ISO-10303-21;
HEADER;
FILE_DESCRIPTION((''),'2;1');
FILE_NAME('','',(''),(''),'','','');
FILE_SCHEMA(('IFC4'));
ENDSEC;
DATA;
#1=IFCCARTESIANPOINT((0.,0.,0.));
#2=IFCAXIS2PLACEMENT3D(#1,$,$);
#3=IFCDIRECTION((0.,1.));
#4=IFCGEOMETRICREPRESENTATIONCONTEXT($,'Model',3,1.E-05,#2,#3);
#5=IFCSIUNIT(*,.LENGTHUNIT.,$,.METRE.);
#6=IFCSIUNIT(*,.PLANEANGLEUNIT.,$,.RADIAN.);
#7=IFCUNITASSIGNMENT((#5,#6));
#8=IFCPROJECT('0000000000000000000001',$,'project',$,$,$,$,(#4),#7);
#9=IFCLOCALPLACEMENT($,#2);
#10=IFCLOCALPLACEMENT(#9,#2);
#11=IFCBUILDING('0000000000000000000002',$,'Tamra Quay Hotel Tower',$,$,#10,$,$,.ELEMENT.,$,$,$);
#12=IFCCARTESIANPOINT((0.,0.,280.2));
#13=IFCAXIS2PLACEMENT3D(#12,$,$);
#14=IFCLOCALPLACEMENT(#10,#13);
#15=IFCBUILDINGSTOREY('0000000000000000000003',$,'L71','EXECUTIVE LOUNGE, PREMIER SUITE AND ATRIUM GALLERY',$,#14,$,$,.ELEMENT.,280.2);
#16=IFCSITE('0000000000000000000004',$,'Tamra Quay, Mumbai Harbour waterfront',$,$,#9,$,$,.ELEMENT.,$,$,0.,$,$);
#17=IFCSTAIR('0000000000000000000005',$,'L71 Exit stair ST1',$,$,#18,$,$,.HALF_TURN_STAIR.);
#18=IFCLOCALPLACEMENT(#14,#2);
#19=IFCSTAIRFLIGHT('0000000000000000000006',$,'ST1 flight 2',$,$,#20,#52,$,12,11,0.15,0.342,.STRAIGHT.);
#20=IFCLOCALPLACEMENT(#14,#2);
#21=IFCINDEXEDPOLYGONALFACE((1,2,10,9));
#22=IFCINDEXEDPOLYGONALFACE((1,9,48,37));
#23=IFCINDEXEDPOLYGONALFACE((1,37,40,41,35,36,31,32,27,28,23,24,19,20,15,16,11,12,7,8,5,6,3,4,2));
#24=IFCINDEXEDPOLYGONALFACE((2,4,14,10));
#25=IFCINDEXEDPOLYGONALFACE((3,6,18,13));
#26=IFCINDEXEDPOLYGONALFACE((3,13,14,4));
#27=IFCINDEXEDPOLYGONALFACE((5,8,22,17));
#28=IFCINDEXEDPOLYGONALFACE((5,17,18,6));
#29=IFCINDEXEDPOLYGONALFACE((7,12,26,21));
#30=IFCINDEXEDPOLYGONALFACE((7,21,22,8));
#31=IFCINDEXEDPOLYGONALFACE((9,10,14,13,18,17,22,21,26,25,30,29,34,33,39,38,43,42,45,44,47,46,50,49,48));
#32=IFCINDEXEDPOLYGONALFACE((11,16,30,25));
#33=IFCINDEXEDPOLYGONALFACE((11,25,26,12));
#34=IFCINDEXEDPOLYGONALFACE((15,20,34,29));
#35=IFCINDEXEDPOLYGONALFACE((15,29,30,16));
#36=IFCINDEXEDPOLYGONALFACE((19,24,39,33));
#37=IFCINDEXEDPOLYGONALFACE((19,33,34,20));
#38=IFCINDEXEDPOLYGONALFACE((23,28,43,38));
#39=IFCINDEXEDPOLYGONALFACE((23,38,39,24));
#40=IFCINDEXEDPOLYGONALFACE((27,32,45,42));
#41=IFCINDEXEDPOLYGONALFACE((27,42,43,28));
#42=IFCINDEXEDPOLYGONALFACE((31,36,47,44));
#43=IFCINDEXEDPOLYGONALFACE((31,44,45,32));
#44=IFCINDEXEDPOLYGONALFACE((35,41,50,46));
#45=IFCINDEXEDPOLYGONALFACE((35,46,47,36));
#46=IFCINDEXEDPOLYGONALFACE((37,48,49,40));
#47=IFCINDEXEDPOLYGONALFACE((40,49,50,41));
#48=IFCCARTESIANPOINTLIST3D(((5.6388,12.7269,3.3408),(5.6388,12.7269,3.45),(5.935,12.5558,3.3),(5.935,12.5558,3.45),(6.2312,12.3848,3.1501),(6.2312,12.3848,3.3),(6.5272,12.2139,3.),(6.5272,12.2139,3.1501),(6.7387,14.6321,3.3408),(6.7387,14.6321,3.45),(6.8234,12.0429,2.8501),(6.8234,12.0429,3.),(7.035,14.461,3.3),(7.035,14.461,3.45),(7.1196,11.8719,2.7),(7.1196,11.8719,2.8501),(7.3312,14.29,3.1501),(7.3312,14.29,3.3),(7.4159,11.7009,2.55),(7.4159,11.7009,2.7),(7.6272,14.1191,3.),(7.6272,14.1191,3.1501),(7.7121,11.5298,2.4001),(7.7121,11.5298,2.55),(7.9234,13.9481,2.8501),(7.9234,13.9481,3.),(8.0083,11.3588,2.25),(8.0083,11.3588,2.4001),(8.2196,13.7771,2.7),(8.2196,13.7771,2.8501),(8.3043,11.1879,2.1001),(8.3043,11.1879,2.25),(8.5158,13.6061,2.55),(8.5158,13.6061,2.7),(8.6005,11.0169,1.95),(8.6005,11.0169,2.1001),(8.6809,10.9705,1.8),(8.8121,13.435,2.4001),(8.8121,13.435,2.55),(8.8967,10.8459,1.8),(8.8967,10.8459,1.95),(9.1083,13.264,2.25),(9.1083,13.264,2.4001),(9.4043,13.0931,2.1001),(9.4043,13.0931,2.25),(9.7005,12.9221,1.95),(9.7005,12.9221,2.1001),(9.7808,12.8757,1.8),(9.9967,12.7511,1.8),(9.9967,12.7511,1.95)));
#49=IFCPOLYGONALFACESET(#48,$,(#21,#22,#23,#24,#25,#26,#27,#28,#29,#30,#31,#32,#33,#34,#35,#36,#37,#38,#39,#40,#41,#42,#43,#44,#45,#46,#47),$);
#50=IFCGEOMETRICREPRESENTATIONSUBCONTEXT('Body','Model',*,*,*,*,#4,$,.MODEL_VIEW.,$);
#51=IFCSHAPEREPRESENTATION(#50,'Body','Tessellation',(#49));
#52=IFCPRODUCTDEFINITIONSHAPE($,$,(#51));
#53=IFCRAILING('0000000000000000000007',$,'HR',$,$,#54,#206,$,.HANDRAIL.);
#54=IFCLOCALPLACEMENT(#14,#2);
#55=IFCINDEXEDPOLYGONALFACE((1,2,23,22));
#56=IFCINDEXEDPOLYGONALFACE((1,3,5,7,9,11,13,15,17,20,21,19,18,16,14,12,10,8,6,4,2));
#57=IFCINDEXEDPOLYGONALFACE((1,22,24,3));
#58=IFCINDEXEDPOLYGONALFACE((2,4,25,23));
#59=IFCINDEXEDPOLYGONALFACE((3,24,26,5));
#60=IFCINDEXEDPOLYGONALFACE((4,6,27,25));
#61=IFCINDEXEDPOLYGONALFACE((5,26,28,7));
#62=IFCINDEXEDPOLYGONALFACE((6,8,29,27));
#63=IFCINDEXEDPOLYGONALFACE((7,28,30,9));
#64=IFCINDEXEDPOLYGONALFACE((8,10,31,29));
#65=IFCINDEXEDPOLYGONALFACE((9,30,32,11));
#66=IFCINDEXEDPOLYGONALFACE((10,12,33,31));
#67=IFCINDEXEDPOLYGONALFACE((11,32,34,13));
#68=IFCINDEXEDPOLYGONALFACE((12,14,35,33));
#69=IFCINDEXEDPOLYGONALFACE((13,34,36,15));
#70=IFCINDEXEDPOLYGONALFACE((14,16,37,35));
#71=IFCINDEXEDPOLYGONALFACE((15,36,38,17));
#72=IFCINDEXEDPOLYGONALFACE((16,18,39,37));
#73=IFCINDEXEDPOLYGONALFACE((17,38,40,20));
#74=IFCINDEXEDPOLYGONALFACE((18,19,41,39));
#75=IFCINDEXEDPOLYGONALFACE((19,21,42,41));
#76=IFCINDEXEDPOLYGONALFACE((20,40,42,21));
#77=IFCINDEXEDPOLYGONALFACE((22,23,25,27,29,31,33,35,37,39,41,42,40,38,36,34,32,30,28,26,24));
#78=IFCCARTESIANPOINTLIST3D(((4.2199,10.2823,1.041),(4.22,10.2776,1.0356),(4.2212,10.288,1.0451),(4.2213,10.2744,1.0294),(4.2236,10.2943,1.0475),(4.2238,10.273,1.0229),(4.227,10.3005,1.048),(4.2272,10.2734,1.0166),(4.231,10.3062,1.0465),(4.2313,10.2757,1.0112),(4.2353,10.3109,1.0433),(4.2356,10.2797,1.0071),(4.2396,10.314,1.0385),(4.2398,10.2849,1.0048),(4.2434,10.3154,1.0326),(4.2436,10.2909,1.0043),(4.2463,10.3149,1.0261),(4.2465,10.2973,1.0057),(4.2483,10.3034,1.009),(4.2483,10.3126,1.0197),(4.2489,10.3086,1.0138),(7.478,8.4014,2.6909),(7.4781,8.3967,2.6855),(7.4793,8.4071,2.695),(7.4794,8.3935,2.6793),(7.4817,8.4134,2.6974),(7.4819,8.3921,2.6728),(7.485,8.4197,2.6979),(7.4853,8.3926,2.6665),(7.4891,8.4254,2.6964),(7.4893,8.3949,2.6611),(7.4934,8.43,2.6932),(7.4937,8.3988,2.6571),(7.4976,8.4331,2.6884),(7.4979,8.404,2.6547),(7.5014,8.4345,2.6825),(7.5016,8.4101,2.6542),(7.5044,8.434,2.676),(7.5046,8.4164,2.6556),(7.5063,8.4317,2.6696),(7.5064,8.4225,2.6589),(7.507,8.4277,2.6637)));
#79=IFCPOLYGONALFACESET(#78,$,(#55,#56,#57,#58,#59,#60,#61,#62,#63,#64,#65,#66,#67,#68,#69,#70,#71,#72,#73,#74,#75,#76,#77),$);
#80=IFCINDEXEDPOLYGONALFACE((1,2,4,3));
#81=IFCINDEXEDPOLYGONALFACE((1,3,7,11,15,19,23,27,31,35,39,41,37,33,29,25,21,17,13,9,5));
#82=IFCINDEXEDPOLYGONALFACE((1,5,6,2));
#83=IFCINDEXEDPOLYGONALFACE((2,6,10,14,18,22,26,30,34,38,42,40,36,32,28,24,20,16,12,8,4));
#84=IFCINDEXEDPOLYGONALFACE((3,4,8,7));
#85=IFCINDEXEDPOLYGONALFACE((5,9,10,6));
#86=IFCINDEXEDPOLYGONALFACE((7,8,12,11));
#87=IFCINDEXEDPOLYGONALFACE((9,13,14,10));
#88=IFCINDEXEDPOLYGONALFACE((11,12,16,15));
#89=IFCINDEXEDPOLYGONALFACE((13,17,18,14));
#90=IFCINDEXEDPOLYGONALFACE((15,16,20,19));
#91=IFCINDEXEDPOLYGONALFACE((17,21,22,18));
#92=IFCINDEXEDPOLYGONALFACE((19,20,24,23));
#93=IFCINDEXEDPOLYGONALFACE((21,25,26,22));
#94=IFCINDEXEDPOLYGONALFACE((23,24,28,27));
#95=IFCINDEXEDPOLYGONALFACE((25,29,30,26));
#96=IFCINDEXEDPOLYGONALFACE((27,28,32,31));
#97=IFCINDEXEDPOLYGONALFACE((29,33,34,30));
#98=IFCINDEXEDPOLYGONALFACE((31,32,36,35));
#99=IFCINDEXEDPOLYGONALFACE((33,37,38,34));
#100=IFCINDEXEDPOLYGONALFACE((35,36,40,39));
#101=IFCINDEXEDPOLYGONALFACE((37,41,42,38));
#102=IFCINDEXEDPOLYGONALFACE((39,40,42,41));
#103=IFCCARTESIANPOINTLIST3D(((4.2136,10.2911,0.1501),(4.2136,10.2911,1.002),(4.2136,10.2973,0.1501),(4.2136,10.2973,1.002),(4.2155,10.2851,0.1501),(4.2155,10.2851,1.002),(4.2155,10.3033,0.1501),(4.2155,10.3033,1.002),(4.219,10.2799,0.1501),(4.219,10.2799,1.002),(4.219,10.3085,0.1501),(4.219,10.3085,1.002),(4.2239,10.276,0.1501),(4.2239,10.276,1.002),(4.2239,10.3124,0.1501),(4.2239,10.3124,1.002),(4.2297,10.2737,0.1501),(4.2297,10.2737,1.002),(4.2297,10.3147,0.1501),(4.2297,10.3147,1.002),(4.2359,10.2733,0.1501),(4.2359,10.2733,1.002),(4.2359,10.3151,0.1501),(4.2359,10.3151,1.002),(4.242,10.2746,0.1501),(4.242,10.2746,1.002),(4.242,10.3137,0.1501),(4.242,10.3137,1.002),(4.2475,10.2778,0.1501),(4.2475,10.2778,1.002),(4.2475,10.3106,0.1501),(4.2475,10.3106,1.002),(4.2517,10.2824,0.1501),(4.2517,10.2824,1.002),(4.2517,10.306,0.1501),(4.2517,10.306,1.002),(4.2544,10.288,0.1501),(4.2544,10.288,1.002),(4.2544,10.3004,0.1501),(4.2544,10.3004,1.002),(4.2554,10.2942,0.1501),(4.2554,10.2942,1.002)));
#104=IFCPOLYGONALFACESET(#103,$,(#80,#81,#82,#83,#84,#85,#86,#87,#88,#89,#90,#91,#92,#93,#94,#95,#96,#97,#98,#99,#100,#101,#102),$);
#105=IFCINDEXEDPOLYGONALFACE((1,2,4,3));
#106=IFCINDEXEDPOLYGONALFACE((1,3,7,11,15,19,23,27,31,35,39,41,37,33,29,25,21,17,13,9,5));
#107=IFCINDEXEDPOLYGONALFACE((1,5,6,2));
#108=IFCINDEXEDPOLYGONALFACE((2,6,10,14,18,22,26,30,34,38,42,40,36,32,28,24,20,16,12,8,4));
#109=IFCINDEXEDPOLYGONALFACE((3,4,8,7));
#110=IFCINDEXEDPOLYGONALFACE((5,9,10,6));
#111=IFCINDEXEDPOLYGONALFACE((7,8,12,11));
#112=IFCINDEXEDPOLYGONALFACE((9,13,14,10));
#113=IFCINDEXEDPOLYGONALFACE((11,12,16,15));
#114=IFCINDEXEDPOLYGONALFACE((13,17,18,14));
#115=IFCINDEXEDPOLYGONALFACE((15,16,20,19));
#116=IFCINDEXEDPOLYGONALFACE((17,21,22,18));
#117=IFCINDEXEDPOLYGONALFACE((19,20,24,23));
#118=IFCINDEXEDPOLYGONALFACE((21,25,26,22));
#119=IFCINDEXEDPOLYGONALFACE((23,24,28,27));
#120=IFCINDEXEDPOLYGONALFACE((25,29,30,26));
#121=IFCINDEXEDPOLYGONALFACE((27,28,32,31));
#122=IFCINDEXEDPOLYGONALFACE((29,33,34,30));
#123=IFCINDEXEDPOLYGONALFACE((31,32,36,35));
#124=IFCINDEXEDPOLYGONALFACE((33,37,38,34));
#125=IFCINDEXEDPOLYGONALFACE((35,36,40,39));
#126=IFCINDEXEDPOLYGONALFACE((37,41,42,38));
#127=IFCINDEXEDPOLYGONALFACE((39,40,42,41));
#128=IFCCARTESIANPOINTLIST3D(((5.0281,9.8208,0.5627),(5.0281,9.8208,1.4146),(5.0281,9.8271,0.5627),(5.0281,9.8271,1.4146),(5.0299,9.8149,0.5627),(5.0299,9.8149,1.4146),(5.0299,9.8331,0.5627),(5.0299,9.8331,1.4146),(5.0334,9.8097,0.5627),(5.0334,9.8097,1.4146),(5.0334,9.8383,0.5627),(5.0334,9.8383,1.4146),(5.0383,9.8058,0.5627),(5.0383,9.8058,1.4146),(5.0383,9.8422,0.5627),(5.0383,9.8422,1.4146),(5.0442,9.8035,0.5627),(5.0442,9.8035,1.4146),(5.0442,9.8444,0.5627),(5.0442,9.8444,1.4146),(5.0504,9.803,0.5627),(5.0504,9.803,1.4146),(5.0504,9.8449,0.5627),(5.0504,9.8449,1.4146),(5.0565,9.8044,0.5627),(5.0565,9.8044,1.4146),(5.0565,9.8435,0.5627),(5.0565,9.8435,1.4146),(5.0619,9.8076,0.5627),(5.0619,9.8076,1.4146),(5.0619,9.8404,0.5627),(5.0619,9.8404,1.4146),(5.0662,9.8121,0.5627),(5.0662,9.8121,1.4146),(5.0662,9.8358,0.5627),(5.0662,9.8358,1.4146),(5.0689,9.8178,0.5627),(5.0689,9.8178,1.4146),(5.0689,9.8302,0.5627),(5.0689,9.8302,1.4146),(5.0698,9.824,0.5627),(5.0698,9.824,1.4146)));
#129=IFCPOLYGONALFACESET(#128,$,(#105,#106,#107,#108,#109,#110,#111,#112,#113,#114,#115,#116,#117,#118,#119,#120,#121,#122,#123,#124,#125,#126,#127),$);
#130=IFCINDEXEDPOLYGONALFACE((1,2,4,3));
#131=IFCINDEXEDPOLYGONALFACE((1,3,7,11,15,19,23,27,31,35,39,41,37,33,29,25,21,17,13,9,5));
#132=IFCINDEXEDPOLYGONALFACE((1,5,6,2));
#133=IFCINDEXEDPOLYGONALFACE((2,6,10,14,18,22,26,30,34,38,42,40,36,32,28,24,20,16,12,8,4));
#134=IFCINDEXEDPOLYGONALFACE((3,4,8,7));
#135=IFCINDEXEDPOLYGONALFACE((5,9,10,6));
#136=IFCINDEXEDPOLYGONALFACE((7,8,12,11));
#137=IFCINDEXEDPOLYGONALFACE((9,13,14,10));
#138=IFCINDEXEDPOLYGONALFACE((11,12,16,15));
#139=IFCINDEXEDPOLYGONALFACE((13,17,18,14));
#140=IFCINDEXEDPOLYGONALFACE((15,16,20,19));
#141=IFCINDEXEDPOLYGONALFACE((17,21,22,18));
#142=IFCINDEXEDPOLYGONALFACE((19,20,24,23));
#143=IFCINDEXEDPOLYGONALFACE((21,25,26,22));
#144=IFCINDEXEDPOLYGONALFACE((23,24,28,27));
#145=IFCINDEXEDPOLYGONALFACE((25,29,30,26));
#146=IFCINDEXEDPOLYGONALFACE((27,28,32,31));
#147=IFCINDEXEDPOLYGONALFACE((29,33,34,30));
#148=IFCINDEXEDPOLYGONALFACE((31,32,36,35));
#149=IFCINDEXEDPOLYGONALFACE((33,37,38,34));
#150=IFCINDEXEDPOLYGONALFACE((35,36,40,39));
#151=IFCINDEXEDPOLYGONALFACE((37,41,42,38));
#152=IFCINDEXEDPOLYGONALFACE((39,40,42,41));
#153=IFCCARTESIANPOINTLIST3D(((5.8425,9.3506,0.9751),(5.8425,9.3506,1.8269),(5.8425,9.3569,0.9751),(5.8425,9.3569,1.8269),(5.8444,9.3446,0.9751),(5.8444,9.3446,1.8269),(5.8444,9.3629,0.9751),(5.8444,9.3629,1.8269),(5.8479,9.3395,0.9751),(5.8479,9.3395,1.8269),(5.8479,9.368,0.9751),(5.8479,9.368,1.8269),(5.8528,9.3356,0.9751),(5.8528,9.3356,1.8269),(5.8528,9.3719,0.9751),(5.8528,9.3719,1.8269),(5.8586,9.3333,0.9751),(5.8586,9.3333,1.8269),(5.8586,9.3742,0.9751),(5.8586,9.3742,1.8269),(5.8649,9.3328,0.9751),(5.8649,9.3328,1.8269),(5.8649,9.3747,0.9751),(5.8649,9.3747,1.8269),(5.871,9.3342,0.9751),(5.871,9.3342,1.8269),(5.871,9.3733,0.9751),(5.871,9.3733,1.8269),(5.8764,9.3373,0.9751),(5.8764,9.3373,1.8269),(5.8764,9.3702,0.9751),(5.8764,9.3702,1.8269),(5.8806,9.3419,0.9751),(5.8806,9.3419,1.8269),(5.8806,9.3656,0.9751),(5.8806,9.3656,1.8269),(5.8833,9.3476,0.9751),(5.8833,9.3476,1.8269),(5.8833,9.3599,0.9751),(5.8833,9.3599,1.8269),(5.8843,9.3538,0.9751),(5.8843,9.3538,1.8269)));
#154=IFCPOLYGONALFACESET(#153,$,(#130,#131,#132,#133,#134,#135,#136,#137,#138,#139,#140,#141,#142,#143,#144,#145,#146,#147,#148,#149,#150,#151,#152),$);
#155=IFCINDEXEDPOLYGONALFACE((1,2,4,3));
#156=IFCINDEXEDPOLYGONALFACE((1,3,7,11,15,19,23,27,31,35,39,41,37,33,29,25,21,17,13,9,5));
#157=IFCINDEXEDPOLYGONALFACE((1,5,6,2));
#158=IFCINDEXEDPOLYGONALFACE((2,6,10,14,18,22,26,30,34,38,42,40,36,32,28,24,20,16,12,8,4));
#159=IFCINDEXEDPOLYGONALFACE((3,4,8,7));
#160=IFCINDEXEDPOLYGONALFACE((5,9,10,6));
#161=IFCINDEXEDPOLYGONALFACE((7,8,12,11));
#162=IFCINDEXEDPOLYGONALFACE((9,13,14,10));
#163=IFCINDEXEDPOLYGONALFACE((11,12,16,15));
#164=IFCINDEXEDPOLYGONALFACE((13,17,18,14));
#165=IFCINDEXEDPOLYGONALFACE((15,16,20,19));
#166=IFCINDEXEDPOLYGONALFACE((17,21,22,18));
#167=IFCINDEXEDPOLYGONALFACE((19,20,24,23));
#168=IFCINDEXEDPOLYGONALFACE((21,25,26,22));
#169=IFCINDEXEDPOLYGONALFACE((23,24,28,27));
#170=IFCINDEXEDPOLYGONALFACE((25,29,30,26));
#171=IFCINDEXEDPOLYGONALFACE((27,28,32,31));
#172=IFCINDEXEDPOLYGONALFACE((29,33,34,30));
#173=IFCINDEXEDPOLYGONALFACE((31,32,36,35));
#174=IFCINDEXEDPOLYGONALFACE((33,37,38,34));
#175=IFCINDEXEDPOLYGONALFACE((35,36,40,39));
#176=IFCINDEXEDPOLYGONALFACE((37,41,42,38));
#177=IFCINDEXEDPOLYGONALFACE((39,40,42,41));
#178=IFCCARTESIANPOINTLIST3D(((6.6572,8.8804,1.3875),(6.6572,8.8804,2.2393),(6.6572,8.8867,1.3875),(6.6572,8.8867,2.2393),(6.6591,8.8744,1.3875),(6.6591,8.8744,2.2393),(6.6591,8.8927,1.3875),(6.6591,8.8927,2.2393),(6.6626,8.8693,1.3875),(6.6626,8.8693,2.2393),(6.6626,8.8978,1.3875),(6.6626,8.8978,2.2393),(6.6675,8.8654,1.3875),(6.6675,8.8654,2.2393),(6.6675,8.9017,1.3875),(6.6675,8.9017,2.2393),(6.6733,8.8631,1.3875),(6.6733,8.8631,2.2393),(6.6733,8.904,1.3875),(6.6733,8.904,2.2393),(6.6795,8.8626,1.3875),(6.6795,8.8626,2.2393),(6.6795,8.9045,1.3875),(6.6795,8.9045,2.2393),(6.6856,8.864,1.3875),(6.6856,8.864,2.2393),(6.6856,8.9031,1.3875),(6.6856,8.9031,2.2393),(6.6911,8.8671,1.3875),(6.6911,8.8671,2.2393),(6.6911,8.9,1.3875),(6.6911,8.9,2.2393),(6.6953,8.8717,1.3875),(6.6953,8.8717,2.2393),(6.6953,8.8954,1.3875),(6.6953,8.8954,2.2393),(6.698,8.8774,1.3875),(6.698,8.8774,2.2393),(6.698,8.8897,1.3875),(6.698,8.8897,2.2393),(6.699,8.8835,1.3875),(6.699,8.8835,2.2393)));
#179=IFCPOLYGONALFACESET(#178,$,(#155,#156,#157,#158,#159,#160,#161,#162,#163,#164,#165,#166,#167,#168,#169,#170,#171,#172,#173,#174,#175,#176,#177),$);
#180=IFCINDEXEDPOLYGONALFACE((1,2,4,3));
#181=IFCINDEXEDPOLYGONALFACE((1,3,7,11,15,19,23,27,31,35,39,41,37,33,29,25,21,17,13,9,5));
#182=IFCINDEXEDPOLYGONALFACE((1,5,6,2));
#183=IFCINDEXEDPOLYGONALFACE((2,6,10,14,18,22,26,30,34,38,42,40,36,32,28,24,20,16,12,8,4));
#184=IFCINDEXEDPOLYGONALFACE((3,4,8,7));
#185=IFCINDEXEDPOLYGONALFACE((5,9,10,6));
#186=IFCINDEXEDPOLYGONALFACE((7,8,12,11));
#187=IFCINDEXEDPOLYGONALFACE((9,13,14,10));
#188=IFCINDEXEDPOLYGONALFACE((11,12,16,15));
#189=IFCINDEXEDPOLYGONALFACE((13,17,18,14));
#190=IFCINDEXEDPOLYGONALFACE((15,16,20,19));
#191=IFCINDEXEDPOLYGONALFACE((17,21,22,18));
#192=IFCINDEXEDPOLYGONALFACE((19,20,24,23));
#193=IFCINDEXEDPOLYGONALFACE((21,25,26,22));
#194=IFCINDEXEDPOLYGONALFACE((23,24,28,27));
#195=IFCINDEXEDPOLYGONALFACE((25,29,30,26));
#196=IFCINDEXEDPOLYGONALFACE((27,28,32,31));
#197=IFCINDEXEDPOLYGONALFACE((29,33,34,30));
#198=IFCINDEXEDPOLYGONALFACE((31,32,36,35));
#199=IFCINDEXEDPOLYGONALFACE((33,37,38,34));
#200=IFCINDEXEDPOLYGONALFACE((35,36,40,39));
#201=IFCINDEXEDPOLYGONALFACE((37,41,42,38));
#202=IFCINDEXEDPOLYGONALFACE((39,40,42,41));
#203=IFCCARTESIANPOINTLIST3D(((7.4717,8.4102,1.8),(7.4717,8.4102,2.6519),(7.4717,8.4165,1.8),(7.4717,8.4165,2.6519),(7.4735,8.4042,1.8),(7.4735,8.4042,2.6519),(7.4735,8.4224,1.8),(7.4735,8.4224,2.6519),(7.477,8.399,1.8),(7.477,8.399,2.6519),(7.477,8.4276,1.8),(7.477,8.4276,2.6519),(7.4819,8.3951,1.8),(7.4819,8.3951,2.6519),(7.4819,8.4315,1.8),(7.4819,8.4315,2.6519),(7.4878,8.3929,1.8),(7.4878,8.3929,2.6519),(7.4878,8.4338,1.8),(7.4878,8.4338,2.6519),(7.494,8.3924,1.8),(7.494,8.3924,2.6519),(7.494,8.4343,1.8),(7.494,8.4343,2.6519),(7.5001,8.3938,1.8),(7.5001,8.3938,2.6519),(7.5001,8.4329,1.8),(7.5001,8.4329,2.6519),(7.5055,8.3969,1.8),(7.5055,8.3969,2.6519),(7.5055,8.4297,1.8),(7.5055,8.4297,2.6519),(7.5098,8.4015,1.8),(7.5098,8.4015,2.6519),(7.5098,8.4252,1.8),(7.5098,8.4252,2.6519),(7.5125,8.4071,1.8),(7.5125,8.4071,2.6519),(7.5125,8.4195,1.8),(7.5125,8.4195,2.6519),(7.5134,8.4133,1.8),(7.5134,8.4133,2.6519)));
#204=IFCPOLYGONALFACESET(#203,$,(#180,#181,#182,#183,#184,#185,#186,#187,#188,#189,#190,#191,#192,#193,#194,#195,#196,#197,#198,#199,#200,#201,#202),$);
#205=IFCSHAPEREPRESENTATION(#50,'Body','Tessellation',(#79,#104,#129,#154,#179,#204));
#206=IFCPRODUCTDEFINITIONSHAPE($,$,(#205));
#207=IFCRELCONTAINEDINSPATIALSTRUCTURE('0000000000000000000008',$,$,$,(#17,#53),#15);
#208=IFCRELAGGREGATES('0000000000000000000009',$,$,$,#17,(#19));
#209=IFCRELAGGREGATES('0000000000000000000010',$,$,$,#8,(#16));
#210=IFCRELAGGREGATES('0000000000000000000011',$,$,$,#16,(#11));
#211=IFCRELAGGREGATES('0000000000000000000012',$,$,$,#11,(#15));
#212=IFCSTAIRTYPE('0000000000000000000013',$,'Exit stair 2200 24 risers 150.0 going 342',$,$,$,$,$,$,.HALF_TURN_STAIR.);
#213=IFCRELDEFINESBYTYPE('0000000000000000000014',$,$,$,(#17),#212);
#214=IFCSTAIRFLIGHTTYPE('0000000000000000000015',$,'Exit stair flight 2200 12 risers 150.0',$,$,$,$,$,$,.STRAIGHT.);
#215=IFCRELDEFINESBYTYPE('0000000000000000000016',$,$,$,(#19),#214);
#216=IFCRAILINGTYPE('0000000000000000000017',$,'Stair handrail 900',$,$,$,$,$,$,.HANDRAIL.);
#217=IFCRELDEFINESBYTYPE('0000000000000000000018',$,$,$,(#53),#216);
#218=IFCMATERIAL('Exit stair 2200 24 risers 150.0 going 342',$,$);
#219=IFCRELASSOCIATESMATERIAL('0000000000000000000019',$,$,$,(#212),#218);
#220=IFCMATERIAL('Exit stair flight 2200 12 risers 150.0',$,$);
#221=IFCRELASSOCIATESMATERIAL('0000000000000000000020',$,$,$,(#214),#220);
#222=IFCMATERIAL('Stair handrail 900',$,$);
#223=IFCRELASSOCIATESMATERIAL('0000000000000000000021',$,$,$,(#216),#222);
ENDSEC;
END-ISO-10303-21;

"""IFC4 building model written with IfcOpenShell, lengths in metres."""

from ifc_helpers import new_model, si_unit, direction, frame, origin, origin_2d, place, context, subcontext, project, spatial, polyline, circle, outline, extrude, material, type_object, element, aggregate, save


model = new_model("IFC4")

# Units and contexts
model_context = context("Model", 3, precision=1e-05, world=origin(), true_north=direction((0.0, 1.0)))
body_context = subcontext(model_context, "Body", "Model", "MODEL_VIEW")
ifc_project = project(units=[si_unit("LENGTHUNIT", "METRE"), si_unit("PLANEANGLEUNIT", "RADIAN")], contexts=[model_context])

# Site, building, storey
site_placement = place(None, origin())
site = spatial("IfcSite", under=ifc_project, at=site_placement, Name="Tamra Quay, Mumbai Harbour waterfront", CompositionType="ELEMENT", RefElevation=0.0)
building_placement = place(site_placement, origin())
building = spatial("IfcBuilding", under=site, at=building_placement, Name="Tamra Quay Hotel Tower", CompositionType="ELEMENT")
storey_placement = place(building_placement, frame((0.0, 0.0, 280.2)))
storey = spatial("IfcBuildingStorey", under=building, at=storey_placement, Name="L71", Description="EXECUTIVE LOUNGE, PREMIER SUITE AND ATRIUM GALLERY", CompositionType="ELEMENT", Elevation=280.2)

# Stair, stair flight
ifc_material_1 = material(Name="Exit stair 2200 24 risers 150.0 going 342")
stair_type = type_object("IfcStairType", Name="Exit stair 2200 24 risers 150.0 going 342", PredefinedType="HALF_TURN_STAIR", material=ifc_material_1)
stair_placement = place(storey_placement, origin())
stair = element("IfcStair", 1, at=stair_placement, inside=storey, type_object=stair_type, Name="L71 Exit stair ST1", PredefinedType="HALF_TURN_STAIR")
ifc_material_2 = material(Name="Exit stair flight 2200 12 risers 150.0")
stair_flight_type = type_object("IfcStairFlightType", Name="Exit stair flight 2200 12 risers 150.0", PredefinedType="STRAIGHT", material=ifc_material_2)
stair_flight_1_placement = place(storey_placement, frame((9.4468, 11.7986, 1.8), z_axis=(0.0, 0.0, 1.0), x_axis=(-0.866025, 0.5, 0.0)))
stair_flight_1 = element("IfcStairFlight", 2, at=stair_flight_1_placement, type_object=stair_flight_type, Name="ST1 flight 2", NumberOfRisers=12, NumberOfTreads=11, PredefinedType="STRAIGHT", RiserHeight=0.15, TreadLength=0.342, context=body_context, shape_type="SweptSolid", body=[
    extrude(outline(polyline([(0.0, 0.0), (0.0, 0.1499), (0.342, 0.1499), (0.342, 0.3), (0.6841, 0.3), (0.6841, 0.45), (1.0259, 0.45), (1.0259, 0.6001), (1.3679, 0.6001), (1.3679, 0.75), (1.71, 0.75), (1.71, 0.8999), (2.052, 0.8999), (2.052, 1.05), (2.394, 1.05), (2.394, 1.2), (2.7361, 1.2), (2.7361, 1.3501), (3.0779, 1.3501), (3.0779, 1.5), (3.4199, 1.5), (3.4199, 1.6499), (3.762, 1.6499), (3.762, 1.8), (3.762, 1.5408), (0.2493, 0.0), (0.0, 0.0)])), frame((0.0, 1.1001, 0.0), z_axis=(0.0, -1.0, 0.0), x_axis=(1.0, 0.0, 0.0)), (0.0, 0.0, 1.0), 2.2),
])
aggregate(stair, [stair_flight_1])

# Railing
ifc_material_3 = material(Name="Stair handrail 900")
railing_type_1 = type_object("IfcRailingType", Name="Stair handrail 900", PredefinedType="HANDRAIL", material=ifc_material_3)
railing_1_placement = place(storey_placement, frame((4.2344, 10.2942, 0.1501)))
element("IfcRailing", 3, at=railing_1_placement, inside=storey, type_object=railing_type_1, Name="HR", PredefinedType="HANDRAIL", context=body_context, shape_type="SweptSolid", body=[
    extrude(circle(Radius=0.0239, at=origin_2d()), frame((0.0, 0.0, 0.876), z_axis=(0.793122, -0.457865, 0.401642), x_axis=(0.499964, 0.866046, 0.0)), (0.0, 0.0, 1.0), 4.1079),
    extrude(circle(Radius=0.021, at=origin_2d()), origin(), (0.0, 0.0, 1.0), 0.8518),
    extrude(circle(Radius=0.021, at=origin_2d()), frame((0.8145, -0.4702, 0.4126)), (0.0, 0.0, 1.0), 0.8518),
    extrude(circle(Radius=0.021, at=origin_2d()), frame((1.6289, -0.9404, 0.825)), (0.0, 0.0, 1.0), 0.8518),
    extrude(circle(Radius=0.021, at=origin_2d()), frame((2.4436, -1.4106, 1.2373)), (0.0, 0.0, 1.0), 0.8518),
    extrude(circle(Radius=0.021, at=origin_2d()), frame((3.2581, -1.8809, 1.6499)), (0.0, 0.0, 1.0), 0.8518),
])

save(model, "model.ifc")
